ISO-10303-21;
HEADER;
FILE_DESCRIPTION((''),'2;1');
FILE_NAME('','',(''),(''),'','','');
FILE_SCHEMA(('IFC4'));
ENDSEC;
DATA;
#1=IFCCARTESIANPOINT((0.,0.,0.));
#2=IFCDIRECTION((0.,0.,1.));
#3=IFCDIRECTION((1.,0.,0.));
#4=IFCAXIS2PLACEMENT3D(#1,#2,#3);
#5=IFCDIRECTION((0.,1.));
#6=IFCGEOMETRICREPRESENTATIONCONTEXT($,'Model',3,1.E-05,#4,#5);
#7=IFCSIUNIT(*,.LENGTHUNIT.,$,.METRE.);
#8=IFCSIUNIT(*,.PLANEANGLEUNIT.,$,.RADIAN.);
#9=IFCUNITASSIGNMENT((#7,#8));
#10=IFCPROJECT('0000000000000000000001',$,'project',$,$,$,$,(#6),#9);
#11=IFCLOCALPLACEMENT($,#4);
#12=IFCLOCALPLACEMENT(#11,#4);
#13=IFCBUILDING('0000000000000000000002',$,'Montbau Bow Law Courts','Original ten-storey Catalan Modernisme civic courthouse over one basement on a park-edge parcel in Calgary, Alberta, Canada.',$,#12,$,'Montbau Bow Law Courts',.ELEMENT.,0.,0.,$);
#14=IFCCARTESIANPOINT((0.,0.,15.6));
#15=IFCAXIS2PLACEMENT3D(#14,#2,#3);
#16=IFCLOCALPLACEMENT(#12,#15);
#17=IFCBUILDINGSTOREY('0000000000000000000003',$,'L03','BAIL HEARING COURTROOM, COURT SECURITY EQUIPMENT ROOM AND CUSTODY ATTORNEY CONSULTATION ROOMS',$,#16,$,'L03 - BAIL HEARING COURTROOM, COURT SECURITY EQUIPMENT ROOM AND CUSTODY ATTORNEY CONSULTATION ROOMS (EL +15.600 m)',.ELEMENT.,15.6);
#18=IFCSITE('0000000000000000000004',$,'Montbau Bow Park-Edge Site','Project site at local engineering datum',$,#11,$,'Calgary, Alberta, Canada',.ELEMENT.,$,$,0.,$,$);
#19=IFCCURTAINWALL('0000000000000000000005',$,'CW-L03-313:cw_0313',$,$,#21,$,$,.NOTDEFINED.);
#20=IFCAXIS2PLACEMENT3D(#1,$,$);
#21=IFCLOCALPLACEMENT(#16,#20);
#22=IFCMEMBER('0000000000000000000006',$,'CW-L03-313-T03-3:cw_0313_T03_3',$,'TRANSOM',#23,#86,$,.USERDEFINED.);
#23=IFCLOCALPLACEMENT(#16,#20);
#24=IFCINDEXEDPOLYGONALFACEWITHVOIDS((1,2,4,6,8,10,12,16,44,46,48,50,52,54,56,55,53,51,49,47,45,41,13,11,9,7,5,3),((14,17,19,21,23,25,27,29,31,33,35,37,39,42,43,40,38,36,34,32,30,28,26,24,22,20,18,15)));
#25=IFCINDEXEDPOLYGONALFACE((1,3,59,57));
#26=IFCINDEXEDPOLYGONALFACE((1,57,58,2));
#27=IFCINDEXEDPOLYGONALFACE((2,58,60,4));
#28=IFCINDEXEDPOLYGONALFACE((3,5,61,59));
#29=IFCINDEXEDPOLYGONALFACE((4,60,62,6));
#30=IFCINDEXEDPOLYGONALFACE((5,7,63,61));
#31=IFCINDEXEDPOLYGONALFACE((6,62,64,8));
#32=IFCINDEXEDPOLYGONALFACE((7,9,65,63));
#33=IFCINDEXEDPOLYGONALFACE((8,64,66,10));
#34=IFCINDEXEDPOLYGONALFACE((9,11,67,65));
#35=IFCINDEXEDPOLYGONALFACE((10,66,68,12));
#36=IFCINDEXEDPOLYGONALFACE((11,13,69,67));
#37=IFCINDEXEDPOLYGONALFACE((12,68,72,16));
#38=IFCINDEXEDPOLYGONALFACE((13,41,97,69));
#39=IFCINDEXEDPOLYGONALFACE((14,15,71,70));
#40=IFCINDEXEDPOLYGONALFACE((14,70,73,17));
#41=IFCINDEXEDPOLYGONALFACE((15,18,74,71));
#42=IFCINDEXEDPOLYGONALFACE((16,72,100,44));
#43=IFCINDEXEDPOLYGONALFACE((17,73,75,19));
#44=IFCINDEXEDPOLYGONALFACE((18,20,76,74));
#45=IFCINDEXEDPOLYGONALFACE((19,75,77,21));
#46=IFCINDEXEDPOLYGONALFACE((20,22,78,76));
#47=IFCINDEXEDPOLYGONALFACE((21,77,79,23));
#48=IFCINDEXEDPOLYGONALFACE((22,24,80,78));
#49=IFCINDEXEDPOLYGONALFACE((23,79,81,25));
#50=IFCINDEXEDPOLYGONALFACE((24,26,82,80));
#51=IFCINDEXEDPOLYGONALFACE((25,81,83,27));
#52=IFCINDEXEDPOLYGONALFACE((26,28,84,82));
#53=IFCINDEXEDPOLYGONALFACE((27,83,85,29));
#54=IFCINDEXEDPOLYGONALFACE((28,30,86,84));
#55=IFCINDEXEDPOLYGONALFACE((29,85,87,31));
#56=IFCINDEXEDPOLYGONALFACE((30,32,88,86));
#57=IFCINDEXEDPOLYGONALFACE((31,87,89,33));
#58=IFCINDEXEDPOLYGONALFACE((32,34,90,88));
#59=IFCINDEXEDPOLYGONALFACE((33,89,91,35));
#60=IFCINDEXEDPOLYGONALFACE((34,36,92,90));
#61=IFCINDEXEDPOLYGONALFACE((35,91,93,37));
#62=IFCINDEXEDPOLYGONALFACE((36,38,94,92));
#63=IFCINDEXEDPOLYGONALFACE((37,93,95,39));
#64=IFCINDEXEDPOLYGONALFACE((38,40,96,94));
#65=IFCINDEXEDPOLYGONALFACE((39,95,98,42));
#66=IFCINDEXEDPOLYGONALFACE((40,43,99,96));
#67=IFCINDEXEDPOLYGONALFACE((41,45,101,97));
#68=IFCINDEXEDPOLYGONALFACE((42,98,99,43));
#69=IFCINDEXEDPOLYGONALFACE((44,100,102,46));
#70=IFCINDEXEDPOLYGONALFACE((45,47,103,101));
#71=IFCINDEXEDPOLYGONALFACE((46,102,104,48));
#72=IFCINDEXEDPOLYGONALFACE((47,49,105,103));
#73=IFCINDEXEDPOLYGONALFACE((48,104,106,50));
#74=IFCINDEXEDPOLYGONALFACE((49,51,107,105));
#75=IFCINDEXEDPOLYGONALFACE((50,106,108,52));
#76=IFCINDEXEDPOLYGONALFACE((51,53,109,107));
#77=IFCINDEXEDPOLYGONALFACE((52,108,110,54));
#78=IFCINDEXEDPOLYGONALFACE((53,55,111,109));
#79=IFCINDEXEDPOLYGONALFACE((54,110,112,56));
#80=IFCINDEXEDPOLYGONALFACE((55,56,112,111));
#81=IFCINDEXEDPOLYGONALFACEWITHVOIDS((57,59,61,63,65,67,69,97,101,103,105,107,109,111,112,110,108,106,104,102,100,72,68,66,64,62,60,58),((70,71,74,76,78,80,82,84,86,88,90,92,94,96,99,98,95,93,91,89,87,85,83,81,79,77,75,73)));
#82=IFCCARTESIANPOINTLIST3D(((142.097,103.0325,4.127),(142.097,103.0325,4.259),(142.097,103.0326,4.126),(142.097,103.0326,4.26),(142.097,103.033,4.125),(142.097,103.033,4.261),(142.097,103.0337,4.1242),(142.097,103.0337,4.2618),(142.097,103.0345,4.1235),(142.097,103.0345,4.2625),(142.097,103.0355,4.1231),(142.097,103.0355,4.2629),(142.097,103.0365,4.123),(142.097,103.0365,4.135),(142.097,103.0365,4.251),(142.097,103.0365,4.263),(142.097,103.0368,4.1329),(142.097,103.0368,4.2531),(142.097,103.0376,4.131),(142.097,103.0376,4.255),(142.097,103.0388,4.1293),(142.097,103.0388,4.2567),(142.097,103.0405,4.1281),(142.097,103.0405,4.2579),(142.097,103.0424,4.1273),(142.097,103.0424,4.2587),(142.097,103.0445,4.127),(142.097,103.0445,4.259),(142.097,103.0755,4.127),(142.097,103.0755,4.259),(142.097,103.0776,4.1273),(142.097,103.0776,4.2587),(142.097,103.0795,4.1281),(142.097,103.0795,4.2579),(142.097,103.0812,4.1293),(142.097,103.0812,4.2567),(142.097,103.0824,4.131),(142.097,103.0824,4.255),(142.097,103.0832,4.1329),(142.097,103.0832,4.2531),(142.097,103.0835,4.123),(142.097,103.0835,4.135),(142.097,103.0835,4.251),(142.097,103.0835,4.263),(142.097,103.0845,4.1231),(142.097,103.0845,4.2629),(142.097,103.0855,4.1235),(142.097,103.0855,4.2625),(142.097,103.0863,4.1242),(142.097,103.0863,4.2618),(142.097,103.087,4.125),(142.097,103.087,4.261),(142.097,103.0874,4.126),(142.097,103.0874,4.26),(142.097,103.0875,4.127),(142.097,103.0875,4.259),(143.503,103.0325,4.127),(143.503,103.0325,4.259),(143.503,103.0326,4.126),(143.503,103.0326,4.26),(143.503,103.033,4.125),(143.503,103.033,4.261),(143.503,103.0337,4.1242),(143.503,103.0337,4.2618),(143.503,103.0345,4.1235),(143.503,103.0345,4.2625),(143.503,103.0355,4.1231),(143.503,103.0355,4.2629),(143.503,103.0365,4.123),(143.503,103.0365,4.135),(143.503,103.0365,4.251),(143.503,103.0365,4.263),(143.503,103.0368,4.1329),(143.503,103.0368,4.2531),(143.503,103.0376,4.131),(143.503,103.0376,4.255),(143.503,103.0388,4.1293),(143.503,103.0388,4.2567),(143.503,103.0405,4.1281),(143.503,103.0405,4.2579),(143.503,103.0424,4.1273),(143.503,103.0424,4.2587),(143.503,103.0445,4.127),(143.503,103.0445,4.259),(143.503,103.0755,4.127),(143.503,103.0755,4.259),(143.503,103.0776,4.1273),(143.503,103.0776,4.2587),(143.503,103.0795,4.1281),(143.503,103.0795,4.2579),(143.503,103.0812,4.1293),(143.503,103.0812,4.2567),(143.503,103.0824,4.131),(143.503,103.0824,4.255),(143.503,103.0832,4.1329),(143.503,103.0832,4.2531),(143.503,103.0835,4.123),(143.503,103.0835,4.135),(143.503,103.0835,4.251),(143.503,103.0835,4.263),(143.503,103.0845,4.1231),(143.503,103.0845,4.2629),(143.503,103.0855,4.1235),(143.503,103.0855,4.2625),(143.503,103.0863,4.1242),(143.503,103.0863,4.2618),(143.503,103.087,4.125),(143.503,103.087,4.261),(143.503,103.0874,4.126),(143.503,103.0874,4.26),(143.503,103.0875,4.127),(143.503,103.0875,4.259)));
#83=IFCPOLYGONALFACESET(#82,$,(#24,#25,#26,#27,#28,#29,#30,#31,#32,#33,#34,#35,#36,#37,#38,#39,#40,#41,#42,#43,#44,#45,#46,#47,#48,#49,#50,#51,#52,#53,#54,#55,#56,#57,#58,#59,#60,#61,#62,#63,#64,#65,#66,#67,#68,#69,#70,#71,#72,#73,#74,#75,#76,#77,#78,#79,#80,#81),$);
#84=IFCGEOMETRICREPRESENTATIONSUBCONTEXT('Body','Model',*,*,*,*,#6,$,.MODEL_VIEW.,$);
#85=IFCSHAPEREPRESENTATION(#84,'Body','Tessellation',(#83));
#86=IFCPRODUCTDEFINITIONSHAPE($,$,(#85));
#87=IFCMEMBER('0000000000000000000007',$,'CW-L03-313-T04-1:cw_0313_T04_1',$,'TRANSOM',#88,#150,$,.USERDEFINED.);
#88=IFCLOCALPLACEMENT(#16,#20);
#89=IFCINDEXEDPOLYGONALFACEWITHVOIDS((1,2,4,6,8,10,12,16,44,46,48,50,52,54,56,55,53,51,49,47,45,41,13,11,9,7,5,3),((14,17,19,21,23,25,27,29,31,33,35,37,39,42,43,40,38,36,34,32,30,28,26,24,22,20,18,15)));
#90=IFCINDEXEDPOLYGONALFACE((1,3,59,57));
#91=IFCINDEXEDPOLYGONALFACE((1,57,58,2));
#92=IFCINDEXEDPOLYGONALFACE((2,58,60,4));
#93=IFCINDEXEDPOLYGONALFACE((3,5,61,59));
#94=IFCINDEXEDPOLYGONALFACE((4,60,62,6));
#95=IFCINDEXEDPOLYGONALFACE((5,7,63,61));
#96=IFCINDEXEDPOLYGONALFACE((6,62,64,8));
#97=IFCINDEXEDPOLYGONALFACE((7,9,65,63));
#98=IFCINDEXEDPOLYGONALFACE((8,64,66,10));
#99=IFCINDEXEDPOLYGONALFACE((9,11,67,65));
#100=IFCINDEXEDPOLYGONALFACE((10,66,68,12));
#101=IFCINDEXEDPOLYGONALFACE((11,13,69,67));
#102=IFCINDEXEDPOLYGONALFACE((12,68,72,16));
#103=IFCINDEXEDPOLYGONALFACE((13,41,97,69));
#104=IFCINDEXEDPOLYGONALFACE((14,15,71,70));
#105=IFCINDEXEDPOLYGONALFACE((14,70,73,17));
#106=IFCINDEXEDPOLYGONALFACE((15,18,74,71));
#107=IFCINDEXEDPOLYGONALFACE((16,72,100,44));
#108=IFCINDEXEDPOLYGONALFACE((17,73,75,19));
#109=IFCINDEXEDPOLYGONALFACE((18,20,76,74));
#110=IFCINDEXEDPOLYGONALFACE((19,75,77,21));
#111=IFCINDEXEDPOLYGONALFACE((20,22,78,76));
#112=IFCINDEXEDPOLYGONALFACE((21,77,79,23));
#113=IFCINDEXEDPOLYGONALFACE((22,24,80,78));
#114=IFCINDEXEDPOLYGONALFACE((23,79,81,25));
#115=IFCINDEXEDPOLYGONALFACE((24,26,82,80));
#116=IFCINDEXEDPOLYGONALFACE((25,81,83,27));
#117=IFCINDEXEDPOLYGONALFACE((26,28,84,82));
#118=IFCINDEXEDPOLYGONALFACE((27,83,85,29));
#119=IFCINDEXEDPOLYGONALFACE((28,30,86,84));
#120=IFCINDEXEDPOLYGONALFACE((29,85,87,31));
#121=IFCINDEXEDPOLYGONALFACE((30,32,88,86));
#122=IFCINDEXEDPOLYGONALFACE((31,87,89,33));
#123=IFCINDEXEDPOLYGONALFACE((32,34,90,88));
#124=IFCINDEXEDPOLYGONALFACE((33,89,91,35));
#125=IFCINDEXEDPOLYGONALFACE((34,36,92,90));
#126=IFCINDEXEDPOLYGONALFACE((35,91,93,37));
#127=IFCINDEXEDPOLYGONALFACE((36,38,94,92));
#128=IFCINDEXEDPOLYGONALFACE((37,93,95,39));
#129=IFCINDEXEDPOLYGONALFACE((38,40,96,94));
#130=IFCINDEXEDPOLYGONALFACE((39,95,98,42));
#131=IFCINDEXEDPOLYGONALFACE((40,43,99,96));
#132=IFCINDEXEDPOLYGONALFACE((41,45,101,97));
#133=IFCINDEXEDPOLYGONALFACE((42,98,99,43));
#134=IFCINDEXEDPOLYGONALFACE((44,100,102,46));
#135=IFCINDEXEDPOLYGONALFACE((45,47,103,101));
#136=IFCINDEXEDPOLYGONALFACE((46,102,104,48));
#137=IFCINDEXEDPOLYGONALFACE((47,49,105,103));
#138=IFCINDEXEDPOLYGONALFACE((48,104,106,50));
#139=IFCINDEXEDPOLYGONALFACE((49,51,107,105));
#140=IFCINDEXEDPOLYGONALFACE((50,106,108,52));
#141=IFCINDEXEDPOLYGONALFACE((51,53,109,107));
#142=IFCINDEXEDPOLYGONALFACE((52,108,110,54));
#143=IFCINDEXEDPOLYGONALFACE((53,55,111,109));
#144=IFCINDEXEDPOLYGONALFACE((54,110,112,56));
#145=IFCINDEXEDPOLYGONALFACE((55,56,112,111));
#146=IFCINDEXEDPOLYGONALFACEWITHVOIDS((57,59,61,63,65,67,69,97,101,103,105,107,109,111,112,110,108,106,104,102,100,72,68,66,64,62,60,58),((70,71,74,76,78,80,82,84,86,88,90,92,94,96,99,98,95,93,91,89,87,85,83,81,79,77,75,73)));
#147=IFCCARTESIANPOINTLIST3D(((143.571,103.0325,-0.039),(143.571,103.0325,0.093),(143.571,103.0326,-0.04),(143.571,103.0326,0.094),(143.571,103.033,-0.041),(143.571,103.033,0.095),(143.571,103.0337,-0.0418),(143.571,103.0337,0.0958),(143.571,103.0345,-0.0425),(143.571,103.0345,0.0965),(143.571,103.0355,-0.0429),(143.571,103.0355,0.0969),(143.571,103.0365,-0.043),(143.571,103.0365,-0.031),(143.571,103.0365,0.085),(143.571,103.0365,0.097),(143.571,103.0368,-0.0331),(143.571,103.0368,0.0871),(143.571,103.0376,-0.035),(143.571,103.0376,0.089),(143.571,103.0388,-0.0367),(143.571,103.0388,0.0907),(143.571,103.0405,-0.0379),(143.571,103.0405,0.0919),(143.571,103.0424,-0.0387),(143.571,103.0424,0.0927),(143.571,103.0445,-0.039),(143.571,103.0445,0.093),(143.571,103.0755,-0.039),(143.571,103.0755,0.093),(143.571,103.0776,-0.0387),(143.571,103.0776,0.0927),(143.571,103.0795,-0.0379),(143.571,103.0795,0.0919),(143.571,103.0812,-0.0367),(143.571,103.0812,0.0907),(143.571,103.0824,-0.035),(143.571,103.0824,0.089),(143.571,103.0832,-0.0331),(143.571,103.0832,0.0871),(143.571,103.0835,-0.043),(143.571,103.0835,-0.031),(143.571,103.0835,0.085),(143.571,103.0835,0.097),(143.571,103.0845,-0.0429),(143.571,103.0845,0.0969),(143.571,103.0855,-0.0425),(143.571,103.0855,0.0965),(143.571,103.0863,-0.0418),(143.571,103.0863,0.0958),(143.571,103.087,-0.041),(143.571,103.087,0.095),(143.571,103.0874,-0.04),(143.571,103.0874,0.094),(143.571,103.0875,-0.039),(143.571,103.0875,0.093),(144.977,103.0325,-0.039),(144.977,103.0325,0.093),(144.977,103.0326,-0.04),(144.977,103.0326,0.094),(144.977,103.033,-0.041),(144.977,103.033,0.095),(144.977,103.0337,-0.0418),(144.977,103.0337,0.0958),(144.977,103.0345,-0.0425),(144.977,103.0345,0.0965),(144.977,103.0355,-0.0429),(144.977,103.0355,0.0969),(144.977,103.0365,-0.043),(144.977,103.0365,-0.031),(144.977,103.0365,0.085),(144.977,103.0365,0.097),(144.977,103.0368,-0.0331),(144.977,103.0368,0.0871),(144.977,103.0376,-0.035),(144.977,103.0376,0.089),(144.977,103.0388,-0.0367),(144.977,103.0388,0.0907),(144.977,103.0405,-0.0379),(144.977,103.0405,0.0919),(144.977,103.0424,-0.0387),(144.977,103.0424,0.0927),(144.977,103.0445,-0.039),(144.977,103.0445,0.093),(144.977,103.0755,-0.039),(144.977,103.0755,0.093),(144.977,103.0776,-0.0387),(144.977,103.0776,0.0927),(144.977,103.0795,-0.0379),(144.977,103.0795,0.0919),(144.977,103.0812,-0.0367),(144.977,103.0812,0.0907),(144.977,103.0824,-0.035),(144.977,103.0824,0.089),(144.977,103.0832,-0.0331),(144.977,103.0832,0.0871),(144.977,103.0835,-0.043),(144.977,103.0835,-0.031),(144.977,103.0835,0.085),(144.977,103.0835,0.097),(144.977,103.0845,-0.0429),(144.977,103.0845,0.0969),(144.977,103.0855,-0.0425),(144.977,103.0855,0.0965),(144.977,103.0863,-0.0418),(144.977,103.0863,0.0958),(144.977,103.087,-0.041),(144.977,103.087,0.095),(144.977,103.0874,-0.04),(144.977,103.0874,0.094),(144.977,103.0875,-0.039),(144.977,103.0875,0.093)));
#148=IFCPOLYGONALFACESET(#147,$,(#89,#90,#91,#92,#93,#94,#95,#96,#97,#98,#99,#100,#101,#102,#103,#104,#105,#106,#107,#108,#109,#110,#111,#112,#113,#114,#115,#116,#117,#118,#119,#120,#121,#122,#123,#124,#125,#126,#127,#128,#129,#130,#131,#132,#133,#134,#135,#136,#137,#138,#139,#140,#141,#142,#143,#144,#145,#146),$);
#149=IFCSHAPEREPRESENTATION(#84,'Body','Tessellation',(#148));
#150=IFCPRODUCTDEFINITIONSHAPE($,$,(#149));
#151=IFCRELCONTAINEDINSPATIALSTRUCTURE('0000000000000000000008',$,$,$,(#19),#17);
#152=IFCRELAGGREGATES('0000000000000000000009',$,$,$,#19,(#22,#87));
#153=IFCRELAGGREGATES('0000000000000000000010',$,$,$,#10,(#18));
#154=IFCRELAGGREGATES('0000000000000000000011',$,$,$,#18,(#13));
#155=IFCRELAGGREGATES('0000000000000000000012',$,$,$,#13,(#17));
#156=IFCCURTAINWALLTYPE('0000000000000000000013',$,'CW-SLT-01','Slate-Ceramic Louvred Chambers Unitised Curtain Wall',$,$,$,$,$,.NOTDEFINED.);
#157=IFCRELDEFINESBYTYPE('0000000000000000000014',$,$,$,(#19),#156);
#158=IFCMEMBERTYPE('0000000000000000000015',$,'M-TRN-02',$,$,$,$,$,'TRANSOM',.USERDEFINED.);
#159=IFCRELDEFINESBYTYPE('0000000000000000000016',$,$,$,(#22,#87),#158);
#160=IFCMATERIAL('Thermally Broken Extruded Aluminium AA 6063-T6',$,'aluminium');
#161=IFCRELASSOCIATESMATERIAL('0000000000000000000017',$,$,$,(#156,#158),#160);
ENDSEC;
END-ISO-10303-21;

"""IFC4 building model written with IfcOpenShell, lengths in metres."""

from ifc_helpers import new_model, si_unit, direction, frame, origin_with_axes, origin_2d_with_axis, place, context, subcontext, project, spatial, hollow_rectangle, extrude, material, material_profile, profile_set, type_object, element, aggregate, save


model = new_model("IFC4")

# Units and contexts
model_context = context("Model", 3, precision=1e-05, world=origin_with_axes(), true_north=direction((0.0, 1.0)))
body_context = subcontext(model_context, "Body", "Model", "MODEL_VIEW")
ifc_project = project(units=[si_unit("LENGTHUNIT", "METRE"), si_unit("PLANEANGLEUNIT", "RADIAN")], contexts=[model_context])

# Site, building, storey
site_placement = place(None, origin_with_axes())
site = spatial("IfcSite", under=ifc_project, at=site_placement, Name="Montbau Bow Park-Edge Site", Description="Project site at local engineering datum", LongName="Calgary, Alberta, Canada", CompositionType="ELEMENT", RefElevation=0.0)
building_placement = place(site_placement, origin_with_axes())
building = spatial("IfcBuilding", under=site, at=building_placement, Name="Montbau Bow Law Courts", Description="Original ten-storey Catalan Modernisme civic courthouse over one basement on a park-edge parcel in Calgary, Alberta, Canada.", LongName="Montbau Bow Law Courts", CompositionType="ELEMENT", ElevationOfRefHeight=0.0, ElevationOfTerrain=0.0)
storey_placement = place(building_placement, frame((0.0, 0.0, 15.6), z_axis=(0.0, 0.0, 1.0), x_axis=(1.0, 0.0, 0.0)))
storey = spatial("IfcBuildingStorey", under=building, at=storey_placement, Name="L03", Description="BAIL HEARING COURTROOM, COURT SECURITY EQUIPMENT ROOM AND CUSTODY ATTORNEY CONSULTATION ROOMS", LongName="L03 - BAIL HEARING COURTROOM, COURT SECURITY EQUIPMENT ROOM AND CUSTODY ATTORNEY CONSULTATION ROOMS (EL +15.600 m)", CompositionType="ELEMENT", Elevation=15.6)

# Curtain wall, members
ifc_material_1 = material(Name="Thermally Broken Extruded Aluminium AA 6063-T6", Category="aluminium")
curtain_wall_type = type_object("IfcCurtainWallType", Name="CW-SLT-01", Description="Slate-Ceramic Louvred Chambers Unitised Curtain Wall", PredefinedType="NOTDEFINED", material=ifc_material_1)
curtain_wall_placement = place(None, frame((139.115, 103.06, 15.6), z_axis=(0.0, 0.0, 1.0), x_axis=(1.0, 0.0, 0.0)))
curtain_wall = element("IfcCurtainWall", 1, at=curtain_wall_placement, inside=storey, type_object=curtain_wall_type, Name="CW-L03-313:cw_0313", PredefinedType="NOTDEFINED")
ifc_material_profile_1 = material_profile(ifc_material_1, hollow_rectangle(XDim=0.055, YDim=0.14, WallThickness=0.004, InnerFilletRadius=0.008, OuterFilletRadius=0.004, at=origin_2d_with_axis()), Name="CWT-140X55", Category="Main", Priority=0)
ifc_profile_set_1 = profile_set([ifc_material_profile_1], Name="Thermally Broken Extruded Aluminium AA 6063-T6")
member_type_1 = type_object("IfcMemberType", Name="M-TRN-02", ElementType="TRANSOM", PredefinedType="USERDEFINED", material=ifc_profile_set_1)
member_1_placement = place(None, frame((142.097, 103.06, 19.793), z_axis=(1.0, 0.0, 0.0), x_axis=(0.0, 1.0, 0.0)))
member_1 = element("IfcMember", 2, at=member_1_placement, type_object=member_type_1, Name="CW-L03-313-T03-3:cw_0313_T03_3", ObjectType="TRANSOM", PredefinedType="USERDEFINED", context=body_context, shape_type="SweptSolid", body=[
    extrude(hollow_rectangle(XDim=0.055, YDim=0.14, WallThickness=0.004, InnerFilletRadius=0.008, OuterFilletRadius=0.004, at=origin_2d_with_axis()), origin_with_axes(), (0.0, 0.0, 1.0), 1.406),
])
member_2_placement = place(None, frame((143.571, 103.06, 15.627), z_axis=(1.0, 0.0, 0.0), x_axis=(0.0, 1.0, 0.0)))
member_2 = element("IfcMember", 3, at=member_2_placement, type_object=member_type_1, Name="CW-L03-313-T04-1:cw_0313_T04_1", ObjectType="TRANSOM", PredefinedType="USERDEFINED", context=body_context, shape_type="SweptSolid", body=[
    extrude(hollow_rectangle(XDim=0.055, YDim=0.14, WallThickness=0.004, InnerFilletRadius=0.008, OuterFilletRadius=0.004, at=origin_2d_with_axis()), origin_with_axes(), (0.0, 0.0, 1.0), 1.406),
])
aggregate(curtain_wall, [member_1, member_2])

save(model, "model.ifc")
